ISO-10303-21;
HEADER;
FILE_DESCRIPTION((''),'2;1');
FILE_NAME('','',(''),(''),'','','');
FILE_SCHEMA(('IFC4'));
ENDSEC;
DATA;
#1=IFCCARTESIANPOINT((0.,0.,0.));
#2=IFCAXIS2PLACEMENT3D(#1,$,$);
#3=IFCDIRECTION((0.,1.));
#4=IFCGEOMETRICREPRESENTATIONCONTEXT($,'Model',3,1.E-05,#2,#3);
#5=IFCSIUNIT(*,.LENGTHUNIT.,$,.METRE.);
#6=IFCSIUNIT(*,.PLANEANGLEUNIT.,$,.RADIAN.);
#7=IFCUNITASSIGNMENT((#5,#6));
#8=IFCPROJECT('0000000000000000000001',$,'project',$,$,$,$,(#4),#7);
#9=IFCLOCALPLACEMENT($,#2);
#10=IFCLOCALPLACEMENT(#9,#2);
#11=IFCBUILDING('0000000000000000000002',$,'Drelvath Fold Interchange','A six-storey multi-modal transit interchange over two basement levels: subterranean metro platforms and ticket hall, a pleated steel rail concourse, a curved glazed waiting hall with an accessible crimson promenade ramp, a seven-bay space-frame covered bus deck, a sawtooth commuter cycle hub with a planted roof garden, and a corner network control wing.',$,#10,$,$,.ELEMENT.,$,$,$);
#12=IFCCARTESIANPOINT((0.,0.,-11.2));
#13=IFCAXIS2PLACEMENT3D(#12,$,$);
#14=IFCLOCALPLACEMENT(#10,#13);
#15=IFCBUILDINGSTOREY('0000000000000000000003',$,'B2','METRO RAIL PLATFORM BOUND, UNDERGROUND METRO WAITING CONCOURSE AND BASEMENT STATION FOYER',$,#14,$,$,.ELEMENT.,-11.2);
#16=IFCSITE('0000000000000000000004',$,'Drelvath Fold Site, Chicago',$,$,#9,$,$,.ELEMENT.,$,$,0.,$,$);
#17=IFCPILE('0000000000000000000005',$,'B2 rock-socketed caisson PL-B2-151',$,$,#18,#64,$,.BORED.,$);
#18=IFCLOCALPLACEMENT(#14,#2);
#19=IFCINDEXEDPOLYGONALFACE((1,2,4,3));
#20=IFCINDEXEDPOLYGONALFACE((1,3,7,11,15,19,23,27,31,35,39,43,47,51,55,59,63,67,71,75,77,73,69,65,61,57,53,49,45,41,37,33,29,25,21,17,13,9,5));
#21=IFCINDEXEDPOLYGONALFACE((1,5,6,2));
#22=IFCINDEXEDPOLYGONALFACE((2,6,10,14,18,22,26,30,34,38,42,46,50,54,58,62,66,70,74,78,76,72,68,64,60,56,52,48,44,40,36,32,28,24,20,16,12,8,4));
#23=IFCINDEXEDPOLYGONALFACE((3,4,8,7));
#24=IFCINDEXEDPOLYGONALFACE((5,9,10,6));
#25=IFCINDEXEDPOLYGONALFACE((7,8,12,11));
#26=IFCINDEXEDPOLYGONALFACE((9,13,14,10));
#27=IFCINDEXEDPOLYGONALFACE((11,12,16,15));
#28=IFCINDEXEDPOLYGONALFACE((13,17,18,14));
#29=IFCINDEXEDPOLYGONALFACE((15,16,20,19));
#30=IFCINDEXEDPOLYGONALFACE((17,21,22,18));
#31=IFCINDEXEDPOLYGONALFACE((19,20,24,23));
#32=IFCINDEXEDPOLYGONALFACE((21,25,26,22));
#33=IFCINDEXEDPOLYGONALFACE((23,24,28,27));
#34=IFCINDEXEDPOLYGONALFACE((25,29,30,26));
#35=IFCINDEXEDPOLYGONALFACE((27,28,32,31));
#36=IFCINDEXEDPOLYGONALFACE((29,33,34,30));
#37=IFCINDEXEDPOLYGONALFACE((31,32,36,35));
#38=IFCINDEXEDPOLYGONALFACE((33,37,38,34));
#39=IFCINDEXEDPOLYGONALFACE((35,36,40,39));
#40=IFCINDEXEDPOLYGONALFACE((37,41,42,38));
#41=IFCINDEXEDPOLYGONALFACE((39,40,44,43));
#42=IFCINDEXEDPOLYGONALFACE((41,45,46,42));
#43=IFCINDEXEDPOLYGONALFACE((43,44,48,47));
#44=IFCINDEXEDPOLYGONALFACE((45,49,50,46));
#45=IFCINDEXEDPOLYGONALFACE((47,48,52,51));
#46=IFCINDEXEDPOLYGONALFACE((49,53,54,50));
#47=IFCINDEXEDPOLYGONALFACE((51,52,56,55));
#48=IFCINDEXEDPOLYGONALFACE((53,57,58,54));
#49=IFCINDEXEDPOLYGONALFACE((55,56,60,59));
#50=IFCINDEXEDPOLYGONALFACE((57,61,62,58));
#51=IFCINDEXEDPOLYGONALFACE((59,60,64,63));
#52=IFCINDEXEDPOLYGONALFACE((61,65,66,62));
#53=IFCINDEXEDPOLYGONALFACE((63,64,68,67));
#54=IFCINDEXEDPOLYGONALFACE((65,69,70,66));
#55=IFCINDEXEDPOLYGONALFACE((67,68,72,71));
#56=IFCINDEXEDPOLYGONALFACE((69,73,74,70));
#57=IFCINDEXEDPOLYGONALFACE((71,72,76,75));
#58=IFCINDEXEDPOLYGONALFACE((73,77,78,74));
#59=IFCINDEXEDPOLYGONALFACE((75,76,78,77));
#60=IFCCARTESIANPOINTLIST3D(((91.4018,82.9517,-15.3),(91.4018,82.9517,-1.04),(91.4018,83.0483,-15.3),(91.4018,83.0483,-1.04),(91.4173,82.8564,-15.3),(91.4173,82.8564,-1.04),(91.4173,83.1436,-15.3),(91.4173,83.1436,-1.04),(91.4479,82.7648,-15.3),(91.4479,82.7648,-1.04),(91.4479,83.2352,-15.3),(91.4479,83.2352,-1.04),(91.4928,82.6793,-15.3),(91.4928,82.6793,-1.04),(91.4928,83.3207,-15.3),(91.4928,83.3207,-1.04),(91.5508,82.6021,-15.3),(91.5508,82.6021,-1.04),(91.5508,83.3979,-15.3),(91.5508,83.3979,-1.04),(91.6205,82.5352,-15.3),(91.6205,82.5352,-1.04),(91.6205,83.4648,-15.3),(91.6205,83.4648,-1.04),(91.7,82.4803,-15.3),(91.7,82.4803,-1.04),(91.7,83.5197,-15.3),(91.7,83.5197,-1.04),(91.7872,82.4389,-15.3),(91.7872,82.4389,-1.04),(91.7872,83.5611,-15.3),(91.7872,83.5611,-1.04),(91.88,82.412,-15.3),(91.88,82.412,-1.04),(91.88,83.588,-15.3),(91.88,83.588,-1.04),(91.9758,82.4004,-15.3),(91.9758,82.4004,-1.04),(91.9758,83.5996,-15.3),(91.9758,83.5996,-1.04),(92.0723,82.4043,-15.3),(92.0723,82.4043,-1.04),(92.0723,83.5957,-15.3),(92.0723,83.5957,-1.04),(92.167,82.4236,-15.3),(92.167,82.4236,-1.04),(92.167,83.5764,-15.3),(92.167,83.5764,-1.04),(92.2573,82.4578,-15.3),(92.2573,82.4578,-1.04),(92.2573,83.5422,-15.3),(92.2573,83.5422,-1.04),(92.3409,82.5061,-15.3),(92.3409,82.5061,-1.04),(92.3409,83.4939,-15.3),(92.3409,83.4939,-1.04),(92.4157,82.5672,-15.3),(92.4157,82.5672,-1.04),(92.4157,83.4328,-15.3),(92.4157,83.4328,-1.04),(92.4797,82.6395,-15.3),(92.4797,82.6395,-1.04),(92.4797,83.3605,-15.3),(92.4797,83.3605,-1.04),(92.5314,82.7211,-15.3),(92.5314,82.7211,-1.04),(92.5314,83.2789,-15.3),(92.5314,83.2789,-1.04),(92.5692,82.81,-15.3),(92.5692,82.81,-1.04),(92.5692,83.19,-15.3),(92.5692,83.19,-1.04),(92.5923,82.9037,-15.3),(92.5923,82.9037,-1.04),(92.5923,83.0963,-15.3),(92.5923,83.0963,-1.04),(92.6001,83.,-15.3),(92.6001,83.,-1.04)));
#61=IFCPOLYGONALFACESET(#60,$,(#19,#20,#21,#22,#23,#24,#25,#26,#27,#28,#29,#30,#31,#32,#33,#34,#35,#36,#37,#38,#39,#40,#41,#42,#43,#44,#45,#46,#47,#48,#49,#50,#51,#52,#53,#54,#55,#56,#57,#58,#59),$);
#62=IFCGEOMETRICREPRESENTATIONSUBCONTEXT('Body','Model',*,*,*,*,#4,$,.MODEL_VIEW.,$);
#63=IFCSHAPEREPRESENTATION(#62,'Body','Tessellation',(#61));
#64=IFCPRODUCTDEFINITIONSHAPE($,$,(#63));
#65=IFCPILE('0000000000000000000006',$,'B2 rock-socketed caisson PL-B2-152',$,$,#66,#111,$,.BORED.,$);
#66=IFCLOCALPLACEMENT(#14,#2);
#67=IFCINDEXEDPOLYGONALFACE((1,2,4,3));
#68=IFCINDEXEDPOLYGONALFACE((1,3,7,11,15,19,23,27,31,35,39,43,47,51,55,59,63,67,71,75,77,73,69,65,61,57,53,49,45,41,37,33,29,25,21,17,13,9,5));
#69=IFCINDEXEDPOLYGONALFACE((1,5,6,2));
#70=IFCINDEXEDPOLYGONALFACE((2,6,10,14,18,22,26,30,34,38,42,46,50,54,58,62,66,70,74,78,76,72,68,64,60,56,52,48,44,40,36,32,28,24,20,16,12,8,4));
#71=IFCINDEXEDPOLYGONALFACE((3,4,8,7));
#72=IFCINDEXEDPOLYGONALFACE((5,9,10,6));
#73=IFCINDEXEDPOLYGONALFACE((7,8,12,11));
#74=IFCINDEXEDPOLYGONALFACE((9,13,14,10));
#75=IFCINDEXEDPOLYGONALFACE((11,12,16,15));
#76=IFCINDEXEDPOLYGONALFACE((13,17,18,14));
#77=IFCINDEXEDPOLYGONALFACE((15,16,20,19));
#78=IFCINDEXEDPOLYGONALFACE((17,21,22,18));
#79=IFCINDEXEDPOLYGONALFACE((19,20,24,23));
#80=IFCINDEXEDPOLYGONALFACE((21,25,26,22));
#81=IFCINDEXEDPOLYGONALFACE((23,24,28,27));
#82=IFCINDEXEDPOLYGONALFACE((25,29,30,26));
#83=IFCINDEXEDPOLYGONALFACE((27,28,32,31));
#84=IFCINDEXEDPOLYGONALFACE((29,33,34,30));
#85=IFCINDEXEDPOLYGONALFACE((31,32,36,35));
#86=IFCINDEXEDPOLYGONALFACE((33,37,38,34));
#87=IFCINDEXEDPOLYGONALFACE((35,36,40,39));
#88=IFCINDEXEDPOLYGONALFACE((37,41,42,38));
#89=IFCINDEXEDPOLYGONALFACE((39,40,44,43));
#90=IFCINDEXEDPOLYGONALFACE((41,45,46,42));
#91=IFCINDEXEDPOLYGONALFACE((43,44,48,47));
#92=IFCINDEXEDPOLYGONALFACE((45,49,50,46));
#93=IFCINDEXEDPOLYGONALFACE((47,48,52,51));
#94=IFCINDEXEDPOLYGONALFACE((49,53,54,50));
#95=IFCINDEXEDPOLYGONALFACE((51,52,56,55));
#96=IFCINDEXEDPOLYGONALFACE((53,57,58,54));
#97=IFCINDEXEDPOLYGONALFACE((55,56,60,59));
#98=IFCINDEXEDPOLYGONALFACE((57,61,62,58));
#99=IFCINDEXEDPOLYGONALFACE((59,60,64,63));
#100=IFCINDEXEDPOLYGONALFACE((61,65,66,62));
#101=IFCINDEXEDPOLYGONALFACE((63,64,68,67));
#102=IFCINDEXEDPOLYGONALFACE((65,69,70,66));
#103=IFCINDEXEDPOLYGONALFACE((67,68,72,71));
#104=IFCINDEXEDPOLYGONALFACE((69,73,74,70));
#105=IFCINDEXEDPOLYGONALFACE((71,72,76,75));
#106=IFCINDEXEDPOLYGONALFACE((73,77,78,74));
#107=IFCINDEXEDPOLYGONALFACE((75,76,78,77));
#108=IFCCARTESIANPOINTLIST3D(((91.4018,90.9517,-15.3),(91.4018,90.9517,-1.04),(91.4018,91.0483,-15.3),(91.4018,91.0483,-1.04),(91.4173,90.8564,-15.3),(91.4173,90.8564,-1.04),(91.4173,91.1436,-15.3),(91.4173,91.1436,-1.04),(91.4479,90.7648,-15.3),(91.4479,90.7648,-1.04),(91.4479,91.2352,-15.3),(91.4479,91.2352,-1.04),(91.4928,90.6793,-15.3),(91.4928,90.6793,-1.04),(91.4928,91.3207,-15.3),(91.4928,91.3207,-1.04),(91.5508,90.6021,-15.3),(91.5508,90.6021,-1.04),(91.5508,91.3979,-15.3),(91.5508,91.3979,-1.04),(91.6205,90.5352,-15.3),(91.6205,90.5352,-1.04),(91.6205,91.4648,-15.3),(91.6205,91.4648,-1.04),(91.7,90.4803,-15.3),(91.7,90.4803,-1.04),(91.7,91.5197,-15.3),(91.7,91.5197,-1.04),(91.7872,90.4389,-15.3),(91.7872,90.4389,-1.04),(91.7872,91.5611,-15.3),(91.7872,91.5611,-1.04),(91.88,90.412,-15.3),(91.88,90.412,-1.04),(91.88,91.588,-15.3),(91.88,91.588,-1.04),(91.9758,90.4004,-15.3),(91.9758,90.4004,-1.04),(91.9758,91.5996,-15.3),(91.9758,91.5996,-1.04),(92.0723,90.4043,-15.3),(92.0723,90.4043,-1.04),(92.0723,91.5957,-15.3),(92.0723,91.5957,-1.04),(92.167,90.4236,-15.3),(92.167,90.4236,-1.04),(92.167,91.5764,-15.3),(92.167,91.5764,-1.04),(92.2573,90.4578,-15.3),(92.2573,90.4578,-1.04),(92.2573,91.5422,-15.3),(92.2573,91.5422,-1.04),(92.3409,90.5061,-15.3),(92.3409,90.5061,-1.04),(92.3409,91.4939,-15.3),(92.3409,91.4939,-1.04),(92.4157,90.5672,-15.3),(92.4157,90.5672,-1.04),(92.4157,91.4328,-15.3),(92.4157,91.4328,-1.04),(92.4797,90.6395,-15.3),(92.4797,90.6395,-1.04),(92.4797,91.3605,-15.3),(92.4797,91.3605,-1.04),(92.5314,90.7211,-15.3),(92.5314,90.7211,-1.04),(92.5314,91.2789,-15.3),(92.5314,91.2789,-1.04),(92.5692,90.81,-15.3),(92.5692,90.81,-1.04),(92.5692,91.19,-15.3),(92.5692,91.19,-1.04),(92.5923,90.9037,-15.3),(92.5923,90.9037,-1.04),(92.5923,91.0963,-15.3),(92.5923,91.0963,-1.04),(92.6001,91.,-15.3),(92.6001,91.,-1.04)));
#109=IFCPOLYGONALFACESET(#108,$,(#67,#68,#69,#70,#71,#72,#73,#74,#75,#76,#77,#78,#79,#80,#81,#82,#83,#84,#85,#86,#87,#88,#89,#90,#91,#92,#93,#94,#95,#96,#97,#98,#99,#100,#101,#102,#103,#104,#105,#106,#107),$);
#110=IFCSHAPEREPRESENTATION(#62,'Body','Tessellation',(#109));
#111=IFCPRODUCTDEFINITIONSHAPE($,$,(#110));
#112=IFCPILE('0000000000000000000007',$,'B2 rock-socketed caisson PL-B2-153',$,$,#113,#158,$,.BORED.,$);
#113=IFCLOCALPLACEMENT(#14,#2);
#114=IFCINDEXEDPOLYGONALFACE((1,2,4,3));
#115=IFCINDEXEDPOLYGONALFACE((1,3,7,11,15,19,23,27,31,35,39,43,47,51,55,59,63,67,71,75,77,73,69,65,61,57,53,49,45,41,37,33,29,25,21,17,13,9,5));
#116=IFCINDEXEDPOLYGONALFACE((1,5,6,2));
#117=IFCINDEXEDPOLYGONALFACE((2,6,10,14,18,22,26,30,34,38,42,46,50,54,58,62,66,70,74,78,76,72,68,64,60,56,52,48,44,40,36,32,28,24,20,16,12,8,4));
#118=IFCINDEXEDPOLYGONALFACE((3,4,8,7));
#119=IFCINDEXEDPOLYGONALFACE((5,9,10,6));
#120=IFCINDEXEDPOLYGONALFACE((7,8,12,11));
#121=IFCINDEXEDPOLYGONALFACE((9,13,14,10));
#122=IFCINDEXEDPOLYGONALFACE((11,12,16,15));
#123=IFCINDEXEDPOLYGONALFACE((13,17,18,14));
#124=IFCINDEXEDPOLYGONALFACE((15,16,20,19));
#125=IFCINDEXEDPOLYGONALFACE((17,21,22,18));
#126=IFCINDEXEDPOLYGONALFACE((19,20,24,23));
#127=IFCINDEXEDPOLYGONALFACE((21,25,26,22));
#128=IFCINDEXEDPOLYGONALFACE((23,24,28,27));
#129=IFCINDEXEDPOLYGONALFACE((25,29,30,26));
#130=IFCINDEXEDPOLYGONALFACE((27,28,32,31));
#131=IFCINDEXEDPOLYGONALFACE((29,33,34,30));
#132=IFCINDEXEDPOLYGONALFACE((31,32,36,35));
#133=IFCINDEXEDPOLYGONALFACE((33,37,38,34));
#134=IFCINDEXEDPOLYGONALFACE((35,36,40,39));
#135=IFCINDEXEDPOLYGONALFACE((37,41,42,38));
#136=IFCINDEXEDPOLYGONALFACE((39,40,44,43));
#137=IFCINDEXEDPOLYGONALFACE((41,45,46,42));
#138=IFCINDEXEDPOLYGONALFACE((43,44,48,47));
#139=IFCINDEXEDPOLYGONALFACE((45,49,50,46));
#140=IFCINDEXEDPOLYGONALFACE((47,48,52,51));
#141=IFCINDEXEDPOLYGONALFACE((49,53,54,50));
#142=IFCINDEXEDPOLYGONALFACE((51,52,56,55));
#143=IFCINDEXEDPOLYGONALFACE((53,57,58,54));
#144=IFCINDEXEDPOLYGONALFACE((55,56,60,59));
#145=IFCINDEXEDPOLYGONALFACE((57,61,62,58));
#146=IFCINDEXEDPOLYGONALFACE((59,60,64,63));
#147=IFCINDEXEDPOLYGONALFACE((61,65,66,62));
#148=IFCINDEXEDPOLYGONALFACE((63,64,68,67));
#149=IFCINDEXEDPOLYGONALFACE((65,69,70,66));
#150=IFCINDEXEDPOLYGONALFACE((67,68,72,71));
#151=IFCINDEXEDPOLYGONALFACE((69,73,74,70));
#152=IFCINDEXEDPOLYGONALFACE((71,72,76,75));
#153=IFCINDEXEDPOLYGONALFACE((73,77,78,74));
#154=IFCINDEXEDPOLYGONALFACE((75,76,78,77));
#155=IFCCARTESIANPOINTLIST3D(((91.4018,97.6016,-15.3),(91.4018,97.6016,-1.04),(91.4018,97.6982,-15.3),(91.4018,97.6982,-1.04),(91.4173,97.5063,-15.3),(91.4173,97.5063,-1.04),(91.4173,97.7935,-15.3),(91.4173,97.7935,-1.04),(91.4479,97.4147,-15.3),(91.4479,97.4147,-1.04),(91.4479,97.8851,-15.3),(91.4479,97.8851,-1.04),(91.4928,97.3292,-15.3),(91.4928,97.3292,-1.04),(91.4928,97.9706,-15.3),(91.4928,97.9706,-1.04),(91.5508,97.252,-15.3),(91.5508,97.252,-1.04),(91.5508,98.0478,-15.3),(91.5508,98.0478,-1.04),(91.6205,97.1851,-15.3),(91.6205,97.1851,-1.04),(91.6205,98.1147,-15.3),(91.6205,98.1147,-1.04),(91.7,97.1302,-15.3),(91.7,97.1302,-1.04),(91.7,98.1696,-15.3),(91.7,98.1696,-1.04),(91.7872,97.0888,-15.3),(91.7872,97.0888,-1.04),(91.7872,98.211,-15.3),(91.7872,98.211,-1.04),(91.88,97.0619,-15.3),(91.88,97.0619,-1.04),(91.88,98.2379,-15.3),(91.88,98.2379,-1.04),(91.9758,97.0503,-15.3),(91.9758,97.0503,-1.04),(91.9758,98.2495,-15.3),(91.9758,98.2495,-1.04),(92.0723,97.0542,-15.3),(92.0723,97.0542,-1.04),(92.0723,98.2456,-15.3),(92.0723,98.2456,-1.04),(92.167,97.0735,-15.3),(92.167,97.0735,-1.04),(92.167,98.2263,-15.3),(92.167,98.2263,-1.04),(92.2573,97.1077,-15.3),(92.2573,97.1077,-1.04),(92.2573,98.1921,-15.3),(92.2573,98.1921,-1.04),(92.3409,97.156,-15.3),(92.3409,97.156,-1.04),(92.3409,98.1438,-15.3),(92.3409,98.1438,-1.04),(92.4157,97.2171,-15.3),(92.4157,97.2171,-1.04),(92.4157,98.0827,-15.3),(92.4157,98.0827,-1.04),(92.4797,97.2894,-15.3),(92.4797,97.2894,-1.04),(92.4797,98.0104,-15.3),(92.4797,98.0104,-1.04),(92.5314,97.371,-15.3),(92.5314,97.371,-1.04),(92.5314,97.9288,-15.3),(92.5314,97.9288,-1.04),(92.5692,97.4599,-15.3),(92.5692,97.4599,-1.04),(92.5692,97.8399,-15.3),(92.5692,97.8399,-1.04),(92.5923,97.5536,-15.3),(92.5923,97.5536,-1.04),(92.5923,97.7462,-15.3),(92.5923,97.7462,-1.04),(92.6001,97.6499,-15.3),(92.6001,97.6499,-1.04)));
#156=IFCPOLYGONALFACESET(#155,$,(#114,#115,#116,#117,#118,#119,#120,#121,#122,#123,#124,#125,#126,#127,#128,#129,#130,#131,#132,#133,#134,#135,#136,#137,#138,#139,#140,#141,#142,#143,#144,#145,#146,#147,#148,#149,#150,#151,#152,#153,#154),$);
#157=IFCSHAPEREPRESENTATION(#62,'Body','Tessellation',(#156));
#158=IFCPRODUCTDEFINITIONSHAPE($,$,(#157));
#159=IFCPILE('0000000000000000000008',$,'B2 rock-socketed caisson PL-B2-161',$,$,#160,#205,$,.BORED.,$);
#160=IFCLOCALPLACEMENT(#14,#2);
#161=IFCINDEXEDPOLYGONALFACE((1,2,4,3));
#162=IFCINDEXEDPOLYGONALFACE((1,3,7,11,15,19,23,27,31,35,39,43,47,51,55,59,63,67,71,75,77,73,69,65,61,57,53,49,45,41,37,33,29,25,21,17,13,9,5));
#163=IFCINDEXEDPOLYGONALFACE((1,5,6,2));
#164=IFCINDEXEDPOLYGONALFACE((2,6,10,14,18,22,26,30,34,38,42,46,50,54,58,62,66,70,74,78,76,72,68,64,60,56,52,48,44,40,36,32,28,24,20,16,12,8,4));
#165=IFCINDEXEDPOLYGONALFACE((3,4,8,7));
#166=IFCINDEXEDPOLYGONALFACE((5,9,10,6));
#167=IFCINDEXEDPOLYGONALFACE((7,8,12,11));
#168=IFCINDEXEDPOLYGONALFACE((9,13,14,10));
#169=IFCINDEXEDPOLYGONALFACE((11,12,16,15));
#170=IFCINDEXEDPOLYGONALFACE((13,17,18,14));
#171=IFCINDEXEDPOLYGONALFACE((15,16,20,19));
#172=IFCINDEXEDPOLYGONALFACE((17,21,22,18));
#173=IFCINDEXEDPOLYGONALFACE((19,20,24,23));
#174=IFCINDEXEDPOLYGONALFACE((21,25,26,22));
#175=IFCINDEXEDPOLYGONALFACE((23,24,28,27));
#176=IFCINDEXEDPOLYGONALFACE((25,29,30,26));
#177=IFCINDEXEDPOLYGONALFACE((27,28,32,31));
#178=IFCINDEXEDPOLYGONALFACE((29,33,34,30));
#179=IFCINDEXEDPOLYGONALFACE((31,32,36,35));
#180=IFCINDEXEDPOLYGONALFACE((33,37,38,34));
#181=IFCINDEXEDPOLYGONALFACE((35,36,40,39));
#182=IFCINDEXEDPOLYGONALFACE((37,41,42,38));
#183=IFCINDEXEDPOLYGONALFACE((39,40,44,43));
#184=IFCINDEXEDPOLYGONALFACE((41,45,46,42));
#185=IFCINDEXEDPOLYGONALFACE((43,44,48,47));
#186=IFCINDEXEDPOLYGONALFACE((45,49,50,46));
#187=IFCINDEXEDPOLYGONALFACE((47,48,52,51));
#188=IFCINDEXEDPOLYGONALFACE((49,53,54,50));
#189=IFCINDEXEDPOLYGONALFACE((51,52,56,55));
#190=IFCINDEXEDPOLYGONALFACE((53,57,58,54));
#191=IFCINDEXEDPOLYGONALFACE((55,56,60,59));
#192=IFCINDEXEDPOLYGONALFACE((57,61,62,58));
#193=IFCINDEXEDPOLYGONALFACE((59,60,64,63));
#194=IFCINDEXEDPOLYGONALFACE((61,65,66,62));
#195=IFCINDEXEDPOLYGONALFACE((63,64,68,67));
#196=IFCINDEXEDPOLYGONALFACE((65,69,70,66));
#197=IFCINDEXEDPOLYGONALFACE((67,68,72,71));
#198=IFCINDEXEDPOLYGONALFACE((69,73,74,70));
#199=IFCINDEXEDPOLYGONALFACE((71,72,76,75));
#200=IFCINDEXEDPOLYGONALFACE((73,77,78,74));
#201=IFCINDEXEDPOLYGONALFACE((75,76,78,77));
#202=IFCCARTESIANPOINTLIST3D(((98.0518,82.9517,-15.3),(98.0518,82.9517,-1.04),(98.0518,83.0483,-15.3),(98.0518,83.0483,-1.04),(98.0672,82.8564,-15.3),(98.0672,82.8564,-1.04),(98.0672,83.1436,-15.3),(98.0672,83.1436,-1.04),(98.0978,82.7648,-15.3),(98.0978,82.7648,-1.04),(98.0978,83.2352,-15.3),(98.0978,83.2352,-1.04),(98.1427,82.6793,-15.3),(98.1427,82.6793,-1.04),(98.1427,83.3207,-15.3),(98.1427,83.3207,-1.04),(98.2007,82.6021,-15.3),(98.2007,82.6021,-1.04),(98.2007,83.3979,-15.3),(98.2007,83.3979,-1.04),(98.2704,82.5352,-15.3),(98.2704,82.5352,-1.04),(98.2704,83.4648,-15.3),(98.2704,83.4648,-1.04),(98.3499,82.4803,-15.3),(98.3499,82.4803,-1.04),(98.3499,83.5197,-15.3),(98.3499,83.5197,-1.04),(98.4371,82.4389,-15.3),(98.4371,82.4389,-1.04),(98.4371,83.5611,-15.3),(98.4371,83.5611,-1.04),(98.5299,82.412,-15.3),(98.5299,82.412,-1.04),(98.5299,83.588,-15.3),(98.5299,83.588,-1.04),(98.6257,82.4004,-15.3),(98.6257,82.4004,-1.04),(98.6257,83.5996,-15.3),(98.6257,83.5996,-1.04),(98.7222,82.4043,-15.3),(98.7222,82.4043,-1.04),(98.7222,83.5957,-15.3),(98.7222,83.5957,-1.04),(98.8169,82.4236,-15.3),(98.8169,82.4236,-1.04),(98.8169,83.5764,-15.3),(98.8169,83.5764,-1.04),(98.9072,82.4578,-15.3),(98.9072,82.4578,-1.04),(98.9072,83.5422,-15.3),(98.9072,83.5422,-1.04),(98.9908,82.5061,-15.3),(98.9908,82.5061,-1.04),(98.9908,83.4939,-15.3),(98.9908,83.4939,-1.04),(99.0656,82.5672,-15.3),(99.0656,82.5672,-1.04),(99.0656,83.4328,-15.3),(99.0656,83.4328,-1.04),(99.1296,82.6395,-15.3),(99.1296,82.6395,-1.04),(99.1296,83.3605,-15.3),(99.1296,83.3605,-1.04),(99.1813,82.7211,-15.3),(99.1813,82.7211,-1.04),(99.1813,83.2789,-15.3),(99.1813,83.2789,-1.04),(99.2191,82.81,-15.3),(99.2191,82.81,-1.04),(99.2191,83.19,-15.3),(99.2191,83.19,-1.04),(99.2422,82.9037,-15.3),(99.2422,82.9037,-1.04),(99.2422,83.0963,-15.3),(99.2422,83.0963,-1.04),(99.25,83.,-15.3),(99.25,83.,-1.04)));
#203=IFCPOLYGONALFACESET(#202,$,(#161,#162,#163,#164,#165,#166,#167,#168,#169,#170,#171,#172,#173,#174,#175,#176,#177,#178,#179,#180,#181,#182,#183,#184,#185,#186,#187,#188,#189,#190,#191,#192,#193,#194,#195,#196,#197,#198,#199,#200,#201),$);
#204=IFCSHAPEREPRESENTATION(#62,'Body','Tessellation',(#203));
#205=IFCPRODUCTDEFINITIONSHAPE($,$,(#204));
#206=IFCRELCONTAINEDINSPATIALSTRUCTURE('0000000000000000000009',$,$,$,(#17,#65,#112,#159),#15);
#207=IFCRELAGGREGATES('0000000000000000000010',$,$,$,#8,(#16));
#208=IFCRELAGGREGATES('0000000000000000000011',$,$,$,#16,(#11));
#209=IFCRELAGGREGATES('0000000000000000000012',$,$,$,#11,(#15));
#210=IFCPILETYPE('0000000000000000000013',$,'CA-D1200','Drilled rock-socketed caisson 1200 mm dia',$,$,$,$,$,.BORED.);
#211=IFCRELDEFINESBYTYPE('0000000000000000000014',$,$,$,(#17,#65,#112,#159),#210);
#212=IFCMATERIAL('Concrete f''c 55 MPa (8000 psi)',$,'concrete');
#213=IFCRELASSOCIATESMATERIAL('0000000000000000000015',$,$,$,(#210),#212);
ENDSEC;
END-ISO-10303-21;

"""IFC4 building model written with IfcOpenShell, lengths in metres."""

from ifc_helpers import new_model, si_unit, direction, frame, origin, origin_2d, place, context, subcontext, project, spatial, circle, extrude, material, material_profile, profile_set, type_object, element, save


model = new_model("IFC4")

# Units and contexts
model_context = context("Model", 3, precision=1e-05, world=origin(), true_north=direction((0.0, 1.0)))
body_context = subcontext(model_context, "Body", "Model", "MODEL_VIEW")
ifc_project = project(units=[si_unit("LENGTHUNIT", "METRE"), si_unit("PLANEANGLEUNIT", "RADIAN")], contexts=[model_context])

# Site, building, storey
site_placement = place(None, origin())
site = spatial("IfcSite", under=ifc_project, at=site_placement, Name="Drelvath Fold Site, Chicago", CompositionType="ELEMENT", RefElevation=0.0)
building_placement = place(site_placement, origin())
building = spatial("IfcBuilding", under=site, at=building_placement, Name="Drelvath Fold Interchange", Description="A six-storey multi-modal transit interchange over two basement levels: subterranean metro platforms and ticket hall, a pleated steel rail concourse, a curved glazed waiting hall with an accessible crimson promenade ramp, a seven-bay space-frame covered bus deck, a sawtooth commuter cycle hub with a planted roof garden, and a corner network control wing.", CompositionType="ELEMENT")
storey_placement = place(building_placement, frame((0.0, 0.0, -11.2)))
storey = spatial("IfcBuildingStorey", under=building, at=storey_placement, Name="B2", Description="METRO RAIL PLATFORM BOUND, UNDERGROUND METRO WAITING CONCOURSE AND BASEMENT STATION FOYER", CompositionType="ELEMENT", Elevation=-11.2)

# Piles
ifc_material_1 = material(Name="Concrete f'c 55 MPa (8000 psi)", Category="concrete")
ifc_material_profile_1 = material_profile(ifc_material_1, circle(Radius=0.6001, at=origin_2d()), Name="CAISSON D1200")
ifc_profile_set_1 = profile_set([ifc_material_profile_1], Name="Concrete f'c 55 MPa (8000 psi)")
pile_type = type_object("IfcPileType", Name="CA-D1200", Description="Drilled rock-socketed caisson 1200 mm dia", PredefinedType="BORED", material=ifc_profile_set_1)
for number, where, z_axis, x_axis, name in (
    (1, (92.0, 83.0, -1.04), (0.0, 0.0, -1.0), (1.0, 0.0, 0.0), "B2 rock-socketed caisson PL-B2-151"),
    (2, (92.0, 91.0, -1.04), (0.0, 0.0, -1.0), (1.0, 0.0, 0.0), "B2 rock-socketed caisson PL-B2-152"),
    (3, (92.0, 97.6499, -1.04), (0.0, 0.0, -1.0), (1.0, 0.0, 0.0), "B2 rock-socketed caisson PL-B2-153"),
    (4, (98.6499, 83.0, -1.04), (0.0, 0.0, -1.0), (1.0, 0.0, 0.0), "B2 rock-socketed caisson PL-B2-161"),
):
    element("IfcPile", number, at=place(storey_placement, frame(where, z_axis=z_axis, x_axis=x_axis)), inside=storey, type_object=pile_type, Name=name, PredefinedType="BORED", context=body_context, shape_type="SweptSolid", body=[
        extrude(circle(Radius=0.6001, at=origin_2d()), origin(), (0.0, 0.0, 1.0), 14.26),
    ])

save(model, "model.ifc")
